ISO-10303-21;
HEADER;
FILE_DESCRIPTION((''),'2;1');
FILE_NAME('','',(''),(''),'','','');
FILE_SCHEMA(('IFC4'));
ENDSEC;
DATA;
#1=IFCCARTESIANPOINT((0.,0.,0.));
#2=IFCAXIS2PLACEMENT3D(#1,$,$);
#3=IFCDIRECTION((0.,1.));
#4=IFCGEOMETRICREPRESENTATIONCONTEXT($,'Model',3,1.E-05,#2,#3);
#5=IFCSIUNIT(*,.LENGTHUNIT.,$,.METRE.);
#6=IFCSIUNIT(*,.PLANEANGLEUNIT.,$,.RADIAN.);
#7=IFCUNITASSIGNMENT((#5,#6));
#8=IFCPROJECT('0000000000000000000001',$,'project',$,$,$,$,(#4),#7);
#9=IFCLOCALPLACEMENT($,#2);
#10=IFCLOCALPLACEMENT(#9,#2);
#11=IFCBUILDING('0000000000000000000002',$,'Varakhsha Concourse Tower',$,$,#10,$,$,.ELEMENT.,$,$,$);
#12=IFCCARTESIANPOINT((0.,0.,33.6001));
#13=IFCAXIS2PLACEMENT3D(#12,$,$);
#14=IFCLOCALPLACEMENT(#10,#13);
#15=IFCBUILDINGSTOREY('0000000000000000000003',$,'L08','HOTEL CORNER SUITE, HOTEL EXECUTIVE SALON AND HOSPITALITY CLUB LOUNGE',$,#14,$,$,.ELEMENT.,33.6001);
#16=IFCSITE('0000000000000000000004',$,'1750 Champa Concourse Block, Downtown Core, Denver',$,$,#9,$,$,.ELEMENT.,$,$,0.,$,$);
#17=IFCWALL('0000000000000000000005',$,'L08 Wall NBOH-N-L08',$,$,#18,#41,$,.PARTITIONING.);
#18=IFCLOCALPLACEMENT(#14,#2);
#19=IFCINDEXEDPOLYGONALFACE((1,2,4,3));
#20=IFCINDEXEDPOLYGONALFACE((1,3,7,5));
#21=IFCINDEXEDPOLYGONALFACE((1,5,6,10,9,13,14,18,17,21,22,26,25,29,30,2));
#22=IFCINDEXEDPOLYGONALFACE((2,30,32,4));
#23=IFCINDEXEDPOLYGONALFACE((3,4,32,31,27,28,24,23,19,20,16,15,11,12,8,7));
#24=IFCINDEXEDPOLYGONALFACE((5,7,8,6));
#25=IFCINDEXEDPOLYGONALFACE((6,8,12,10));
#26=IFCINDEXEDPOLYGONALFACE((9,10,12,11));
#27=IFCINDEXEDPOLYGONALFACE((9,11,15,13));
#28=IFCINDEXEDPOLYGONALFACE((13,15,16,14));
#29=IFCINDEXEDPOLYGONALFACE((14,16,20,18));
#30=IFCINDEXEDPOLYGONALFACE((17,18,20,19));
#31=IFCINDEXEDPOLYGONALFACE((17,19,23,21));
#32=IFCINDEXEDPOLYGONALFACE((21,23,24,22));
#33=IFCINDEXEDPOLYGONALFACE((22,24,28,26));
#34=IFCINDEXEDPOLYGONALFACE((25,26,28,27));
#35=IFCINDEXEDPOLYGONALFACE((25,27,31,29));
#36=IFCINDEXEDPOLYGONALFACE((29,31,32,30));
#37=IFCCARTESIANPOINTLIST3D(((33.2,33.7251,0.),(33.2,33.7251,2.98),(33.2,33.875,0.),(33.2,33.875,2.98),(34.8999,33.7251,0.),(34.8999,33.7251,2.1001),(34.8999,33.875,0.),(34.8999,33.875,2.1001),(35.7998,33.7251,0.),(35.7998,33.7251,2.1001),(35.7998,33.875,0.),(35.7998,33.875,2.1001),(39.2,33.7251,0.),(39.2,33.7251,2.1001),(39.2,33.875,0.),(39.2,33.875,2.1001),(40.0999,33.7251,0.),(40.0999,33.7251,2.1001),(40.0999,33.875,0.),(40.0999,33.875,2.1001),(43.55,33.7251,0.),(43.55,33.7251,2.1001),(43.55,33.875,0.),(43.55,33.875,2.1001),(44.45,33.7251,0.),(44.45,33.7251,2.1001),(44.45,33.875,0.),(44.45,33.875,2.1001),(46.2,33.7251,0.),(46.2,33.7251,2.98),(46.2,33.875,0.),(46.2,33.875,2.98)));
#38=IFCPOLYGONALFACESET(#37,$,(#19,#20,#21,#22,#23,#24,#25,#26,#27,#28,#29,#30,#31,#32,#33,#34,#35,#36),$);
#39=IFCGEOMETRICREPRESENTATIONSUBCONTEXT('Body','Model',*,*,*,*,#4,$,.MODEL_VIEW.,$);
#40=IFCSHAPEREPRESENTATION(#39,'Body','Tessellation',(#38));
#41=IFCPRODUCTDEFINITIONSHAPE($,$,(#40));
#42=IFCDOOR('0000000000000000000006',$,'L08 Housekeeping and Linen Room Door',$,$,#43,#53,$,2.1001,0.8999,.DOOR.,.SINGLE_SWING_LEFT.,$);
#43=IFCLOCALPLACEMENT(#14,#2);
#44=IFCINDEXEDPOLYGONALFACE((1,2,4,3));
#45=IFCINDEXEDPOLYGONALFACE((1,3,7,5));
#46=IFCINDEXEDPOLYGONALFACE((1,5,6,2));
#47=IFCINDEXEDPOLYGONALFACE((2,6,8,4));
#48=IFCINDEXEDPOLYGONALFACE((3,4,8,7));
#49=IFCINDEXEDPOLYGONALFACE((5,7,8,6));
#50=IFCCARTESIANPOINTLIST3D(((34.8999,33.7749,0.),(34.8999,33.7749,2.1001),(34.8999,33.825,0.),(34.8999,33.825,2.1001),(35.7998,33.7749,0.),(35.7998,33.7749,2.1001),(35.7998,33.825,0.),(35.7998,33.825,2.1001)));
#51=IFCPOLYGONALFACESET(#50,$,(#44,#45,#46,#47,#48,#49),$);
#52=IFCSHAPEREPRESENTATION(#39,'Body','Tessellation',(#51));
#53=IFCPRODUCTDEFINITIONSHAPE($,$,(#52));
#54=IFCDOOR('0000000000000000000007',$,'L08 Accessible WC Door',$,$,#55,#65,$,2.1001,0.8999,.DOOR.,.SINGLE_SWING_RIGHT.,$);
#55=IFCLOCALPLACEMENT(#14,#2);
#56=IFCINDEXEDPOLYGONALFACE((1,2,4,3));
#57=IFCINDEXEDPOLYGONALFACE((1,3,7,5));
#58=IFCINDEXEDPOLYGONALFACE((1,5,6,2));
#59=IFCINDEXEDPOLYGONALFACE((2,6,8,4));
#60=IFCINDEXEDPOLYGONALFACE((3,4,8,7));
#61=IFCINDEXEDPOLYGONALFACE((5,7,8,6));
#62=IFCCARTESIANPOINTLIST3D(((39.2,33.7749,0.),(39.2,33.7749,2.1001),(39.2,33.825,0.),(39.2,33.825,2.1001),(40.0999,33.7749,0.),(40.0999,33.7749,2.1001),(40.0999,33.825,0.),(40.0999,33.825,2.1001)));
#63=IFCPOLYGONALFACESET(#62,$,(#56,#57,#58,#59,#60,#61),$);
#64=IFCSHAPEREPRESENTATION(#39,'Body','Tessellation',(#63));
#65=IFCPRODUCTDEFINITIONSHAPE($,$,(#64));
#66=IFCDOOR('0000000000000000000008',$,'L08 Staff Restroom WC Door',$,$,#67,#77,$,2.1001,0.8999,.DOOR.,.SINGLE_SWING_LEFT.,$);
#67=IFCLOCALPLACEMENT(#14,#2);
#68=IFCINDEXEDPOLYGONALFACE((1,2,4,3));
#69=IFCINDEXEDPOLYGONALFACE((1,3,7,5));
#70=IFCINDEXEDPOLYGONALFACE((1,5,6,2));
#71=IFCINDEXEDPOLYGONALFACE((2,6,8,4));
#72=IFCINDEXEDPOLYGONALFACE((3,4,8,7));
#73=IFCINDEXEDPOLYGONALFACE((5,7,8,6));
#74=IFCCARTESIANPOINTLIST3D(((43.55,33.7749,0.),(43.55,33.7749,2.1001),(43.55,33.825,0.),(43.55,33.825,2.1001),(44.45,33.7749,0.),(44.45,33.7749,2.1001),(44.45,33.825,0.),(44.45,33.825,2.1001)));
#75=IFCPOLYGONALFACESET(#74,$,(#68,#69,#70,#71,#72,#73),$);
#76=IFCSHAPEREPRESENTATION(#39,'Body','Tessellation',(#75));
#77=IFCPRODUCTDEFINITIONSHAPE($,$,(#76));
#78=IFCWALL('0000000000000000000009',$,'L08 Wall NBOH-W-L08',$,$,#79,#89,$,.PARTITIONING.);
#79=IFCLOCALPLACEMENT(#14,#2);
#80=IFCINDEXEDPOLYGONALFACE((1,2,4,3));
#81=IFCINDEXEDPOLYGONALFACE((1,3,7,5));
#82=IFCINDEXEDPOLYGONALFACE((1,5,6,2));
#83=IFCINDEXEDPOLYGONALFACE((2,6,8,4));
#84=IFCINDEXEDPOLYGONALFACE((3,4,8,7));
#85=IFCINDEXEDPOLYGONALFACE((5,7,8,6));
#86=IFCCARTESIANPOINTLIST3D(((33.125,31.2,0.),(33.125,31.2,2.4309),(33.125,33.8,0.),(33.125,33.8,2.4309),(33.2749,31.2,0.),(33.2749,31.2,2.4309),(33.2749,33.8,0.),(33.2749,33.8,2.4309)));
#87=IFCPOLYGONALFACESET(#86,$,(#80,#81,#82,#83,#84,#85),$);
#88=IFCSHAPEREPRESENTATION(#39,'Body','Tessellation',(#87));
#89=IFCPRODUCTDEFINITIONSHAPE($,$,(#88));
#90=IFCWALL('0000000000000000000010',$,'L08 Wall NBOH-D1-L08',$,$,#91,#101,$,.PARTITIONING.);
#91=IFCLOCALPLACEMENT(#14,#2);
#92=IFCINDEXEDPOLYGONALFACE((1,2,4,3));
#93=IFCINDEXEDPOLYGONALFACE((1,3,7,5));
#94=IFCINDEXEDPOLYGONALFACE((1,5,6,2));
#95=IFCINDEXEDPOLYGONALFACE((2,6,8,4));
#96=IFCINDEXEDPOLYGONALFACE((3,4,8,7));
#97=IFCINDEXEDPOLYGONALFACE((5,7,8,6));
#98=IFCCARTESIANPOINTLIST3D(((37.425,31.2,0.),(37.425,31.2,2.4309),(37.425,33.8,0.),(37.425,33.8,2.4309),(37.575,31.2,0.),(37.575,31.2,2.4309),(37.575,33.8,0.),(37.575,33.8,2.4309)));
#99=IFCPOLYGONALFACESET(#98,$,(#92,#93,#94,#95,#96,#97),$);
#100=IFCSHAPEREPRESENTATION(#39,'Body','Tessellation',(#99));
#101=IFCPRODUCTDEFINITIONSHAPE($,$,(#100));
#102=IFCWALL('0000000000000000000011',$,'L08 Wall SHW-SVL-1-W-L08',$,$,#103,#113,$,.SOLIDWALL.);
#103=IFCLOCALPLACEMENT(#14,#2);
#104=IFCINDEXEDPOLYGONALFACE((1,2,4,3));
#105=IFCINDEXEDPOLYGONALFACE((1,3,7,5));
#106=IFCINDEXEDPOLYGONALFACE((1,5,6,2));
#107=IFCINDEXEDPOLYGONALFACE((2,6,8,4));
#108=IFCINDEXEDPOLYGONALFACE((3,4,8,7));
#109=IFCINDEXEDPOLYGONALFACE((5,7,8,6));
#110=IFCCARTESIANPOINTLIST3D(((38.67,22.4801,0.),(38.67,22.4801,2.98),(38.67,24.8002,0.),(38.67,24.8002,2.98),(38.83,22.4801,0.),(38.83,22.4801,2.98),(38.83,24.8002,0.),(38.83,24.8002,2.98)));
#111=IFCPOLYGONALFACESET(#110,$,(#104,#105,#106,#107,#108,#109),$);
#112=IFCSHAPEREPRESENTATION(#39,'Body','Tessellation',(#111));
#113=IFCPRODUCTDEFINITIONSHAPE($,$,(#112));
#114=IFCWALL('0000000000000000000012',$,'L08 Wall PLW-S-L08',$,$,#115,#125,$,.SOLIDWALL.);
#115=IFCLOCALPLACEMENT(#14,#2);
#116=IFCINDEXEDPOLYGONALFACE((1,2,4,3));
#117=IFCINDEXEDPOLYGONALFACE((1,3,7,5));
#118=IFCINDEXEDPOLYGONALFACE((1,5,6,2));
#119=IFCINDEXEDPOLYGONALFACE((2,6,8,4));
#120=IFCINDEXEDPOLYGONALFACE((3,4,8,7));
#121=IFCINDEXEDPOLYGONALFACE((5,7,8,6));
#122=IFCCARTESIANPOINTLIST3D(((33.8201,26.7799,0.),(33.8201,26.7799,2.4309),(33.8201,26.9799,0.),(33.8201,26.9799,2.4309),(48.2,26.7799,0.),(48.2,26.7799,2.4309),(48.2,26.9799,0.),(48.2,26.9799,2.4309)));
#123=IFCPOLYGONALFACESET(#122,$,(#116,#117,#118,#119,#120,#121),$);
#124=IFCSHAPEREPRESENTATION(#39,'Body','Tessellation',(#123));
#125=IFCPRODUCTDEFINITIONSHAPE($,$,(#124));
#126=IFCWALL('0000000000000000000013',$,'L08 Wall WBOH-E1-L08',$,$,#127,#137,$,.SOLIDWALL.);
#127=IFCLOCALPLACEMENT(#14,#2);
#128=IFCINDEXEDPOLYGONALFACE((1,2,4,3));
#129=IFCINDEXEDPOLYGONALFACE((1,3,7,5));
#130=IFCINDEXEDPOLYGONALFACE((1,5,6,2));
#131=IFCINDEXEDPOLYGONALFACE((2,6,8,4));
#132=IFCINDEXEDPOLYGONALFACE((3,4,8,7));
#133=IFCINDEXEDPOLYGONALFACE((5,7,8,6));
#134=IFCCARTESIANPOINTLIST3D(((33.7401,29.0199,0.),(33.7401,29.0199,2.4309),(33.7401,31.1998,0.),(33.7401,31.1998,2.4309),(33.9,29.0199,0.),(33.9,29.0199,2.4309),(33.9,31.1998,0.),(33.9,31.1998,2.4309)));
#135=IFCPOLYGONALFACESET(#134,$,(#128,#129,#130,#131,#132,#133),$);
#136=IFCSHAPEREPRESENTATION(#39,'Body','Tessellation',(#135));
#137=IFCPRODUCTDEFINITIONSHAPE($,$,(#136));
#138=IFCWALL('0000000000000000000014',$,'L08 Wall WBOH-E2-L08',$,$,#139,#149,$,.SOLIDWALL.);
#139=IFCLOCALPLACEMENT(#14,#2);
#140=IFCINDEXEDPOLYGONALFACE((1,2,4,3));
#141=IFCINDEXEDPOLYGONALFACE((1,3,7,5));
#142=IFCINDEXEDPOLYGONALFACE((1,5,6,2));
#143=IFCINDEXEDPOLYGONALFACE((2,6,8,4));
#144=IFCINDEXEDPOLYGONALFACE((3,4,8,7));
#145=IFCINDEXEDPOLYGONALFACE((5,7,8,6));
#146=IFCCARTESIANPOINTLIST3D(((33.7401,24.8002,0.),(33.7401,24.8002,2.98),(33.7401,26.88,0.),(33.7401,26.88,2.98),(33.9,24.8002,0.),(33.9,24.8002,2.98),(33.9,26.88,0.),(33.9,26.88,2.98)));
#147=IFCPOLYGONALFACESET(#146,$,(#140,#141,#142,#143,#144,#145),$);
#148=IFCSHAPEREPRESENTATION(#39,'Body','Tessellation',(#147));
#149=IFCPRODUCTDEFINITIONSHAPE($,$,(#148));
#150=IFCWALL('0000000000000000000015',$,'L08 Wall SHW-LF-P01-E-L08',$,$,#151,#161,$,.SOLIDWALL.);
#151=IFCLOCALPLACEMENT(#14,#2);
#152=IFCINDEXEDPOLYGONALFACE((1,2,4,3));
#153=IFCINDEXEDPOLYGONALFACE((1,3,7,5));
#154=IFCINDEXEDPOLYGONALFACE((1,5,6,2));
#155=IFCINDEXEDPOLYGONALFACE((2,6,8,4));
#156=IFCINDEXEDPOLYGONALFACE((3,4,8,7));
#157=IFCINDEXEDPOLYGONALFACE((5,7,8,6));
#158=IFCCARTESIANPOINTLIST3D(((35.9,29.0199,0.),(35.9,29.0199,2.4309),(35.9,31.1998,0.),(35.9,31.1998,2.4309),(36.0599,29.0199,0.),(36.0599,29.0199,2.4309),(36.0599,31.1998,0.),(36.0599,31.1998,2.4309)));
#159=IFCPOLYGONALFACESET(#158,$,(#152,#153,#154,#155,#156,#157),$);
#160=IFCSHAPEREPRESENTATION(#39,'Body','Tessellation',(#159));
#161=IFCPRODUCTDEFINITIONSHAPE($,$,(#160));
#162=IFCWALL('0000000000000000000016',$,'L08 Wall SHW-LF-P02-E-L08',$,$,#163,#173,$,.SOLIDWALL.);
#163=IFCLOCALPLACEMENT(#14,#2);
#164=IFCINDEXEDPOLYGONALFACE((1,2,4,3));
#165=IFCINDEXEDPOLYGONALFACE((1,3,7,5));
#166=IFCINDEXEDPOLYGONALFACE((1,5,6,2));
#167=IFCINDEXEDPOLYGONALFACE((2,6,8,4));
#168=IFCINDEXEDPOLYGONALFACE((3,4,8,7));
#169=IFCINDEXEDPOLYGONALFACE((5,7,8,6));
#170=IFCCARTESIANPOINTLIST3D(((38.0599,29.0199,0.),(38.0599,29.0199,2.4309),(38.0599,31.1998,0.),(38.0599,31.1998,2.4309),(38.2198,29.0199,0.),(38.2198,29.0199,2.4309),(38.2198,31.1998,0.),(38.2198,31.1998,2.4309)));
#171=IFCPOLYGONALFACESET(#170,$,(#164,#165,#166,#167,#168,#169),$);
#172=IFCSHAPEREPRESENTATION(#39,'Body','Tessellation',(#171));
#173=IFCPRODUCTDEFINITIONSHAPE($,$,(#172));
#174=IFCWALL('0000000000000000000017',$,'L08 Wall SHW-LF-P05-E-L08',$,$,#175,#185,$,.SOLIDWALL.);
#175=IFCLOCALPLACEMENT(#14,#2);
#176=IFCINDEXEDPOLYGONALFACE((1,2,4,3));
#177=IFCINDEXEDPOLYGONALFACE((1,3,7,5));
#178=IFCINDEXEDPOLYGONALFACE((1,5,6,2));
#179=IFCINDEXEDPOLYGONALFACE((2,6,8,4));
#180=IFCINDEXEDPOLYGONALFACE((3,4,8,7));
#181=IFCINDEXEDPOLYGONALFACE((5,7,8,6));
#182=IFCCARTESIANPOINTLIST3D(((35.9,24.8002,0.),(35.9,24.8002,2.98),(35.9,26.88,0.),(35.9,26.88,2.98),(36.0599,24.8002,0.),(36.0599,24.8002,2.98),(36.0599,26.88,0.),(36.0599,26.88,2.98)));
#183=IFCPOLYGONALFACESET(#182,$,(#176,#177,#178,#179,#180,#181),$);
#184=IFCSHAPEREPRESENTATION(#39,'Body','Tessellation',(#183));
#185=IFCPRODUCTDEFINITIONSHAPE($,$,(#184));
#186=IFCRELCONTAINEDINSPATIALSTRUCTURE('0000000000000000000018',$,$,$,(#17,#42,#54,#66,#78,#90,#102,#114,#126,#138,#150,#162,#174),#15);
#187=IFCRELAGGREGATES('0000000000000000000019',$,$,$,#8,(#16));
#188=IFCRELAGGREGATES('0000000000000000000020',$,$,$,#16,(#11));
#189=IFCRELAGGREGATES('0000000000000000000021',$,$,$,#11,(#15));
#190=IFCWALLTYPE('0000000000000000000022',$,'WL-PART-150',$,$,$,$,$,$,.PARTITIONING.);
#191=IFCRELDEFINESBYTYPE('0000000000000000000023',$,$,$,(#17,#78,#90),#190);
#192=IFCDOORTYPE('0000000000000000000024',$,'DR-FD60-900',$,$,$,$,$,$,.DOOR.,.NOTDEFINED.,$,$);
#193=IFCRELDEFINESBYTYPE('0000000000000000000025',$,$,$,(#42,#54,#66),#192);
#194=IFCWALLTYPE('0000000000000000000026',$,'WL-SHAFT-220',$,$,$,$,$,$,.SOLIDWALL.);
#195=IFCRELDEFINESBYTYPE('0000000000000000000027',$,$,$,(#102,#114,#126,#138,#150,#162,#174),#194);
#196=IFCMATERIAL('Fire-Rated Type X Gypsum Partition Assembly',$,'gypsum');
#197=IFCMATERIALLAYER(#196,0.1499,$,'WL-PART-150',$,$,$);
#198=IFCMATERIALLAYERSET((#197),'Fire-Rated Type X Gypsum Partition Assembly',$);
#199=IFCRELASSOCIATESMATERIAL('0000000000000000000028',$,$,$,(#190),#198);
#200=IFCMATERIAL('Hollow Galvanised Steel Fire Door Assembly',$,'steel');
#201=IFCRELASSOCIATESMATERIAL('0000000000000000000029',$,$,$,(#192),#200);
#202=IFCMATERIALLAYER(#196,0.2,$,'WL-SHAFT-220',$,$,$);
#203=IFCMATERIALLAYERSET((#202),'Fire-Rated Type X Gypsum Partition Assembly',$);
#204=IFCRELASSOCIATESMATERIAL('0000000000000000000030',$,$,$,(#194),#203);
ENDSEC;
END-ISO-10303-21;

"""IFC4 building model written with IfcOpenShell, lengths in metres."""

from ifc_helpers import new_model, si_unit, direction, frame, frame_2d, origin, place, context, subcontext, project, spatial, rectangle, extrude, material, layer, layer_set, type_object, element, fill, save


model = new_model("IFC4")

# Units and contexts
model_context = context("Model", 3, precision=1e-05, world=origin(), true_north=direction((0.0, 1.0)))
body_context = subcontext(model_context, "Body", "Model", "MODEL_VIEW")
ifc_project = project(units=[si_unit("LENGTHUNIT", "METRE"), si_unit("PLANEANGLEUNIT", "RADIAN")], contexts=[model_context])

# Site, building, storey
site_placement = place(None, origin())
site = spatial("IfcSite", under=ifc_project, at=site_placement, Name="1750 Champa Concourse Block, Downtown Core, Denver", CompositionType="ELEMENT", RefElevation=0.0)
building_placement = place(site_placement, origin())
building = spatial("IfcBuilding", under=site, at=building_placement, Name="Varakhsha Concourse Tower", CompositionType="ELEMENT")
storey_placement = place(building_placement, frame((0.0, 0.0, 33.6001)))
storey = spatial("IfcBuildingStorey", under=building, at=storey_placement, Name="L08", Description="HOTEL CORNER SUITE, HOTEL EXECUTIVE SALON AND HOSPITALITY CLUB LOUNGE", CompositionType="ELEMENT", Elevation=33.6001)

# Wall, openings, doors
ifc_material_1 = material(Name="Fire-Rated Type X Gypsum Partition Assembly", Category="gypsum")
ifc_layer_1 = layer(ifc_material_1, 0.1499, Name="WL-PART-150")
ifc_layer_set_1 = layer_set([ifc_layer_1], Name="Fire-Rated Type X Gypsum Partition Assembly")
wall_type_1 = type_object("IfcWallType", Name="WL-PART-150", PredefinedType="PARTITIONING", material=ifc_layer_set_1)
wall_1_placement = place(storey_placement, frame((33.2, 33.8, 0.0), z_axis=(0.0, 0.0, 1.0), x_axis=(1.0, 0.0, 0.0)))
wall_1 = element("IfcWall", 1, at=wall_1_placement, inside=storey, type_object=wall_type_1, Name="L08 Wall NBOH-N-L08", PredefinedType="PARTITIONING", context=body_context, shape_type="SweptSolid", body=[
    extrude(rectangle(XDim=13.0, YDim=0.1499, at=frame_2d((6.5, 0.0))), origin(), (0.0, 0.0, 1.0), 2.98),
])
opening_1_placement = place(wall_1_placement, frame((1.7, 0.0, 0.0)))
opening_1 = element("IfcOpeningElement", 2, at=opening_1_placement, cuts=wall_1, PredefinedType="OPENING", context=body_context, shape_type="SweptSolid", body=[
    extrude(rectangle(XDim=0.8999, YDim=2.1001, at=frame_2d((0.45, 1.05))), frame((0.0, 0.085, 0.0), z_axis=(0.0, -1.0, 0.0), x_axis=(1.0, 0.0, 0.0)), (0.0, 0.0, 1.0), 0.1699),
])
opening_2_placement = place(wall_1_placement, frame((6.0, 0.0, 0.0)))
opening_2 = element("IfcOpeningElement", 3, at=opening_2_placement, cuts=wall_1, PredefinedType="OPENING", context=body_context, shape_type="SweptSolid", body=[
    extrude(rectangle(XDim=0.8999, YDim=2.1001, at=frame_2d((0.45, 1.05))), frame((0.0, 0.085, 0.0), z_axis=(0.0, -1.0, 0.0), x_axis=(1.0, 0.0, 0.0)), (0.0, 0.0, 1.0), 0.1699),
])
opening_3_placement = place(wall_1_placement, frame((10.3501, 0.0, 0.0)))
opening_3 = element("IfcOpeningElement", 4, at=opening_3_placement, cuts=wall_1, PredefinedType="OPENING", context=body_context, shape_type="SweptSolid", body=[
    extrude(rectangle(XDim=0.8999, YDim=2.1001, at=frame_2d((0.45, 1.05))), frame((0.0, 0.085, 0.0), z_axis=(0.0, -1.0, 0.0), x_axis=(1.0, 0.0, 0.0)), (0.0, 0.0, 1.0), 0.1699),
])
ifc_material_2 = material(Name="Hollow Galvanised Steel Fire Door Assembly", Category="steel")
door_type_1 = type_object("IfcDoorType", Name="DR-FD60-900", OperationType="NOTDEFINED", PredefinedType="DOOR", material=ifc_material_2)
door_1_placement = place(opening_1_placement, origin())
door_1 = element("IfcDoor", 5, at=door_1_placement, inside=storey, type_object=door_type_1, Name="L08 Housekeeping and Linen Room Door", OperationType="SINGLE_SWING_LEFT", OverallHeight=2.1001, OverallWidth=0.8999, PredefinedType="DOOR", context=body_context, shape_type="SweptSolid", body=[
    extrude(rectangle(XDim=0.8999, YDim=2.1001, at=frame_2d((0.45, 1.05))), frame((0.0, 0.0249, 0.0), z_axis=(0.0, -1.0, 0.0), x_axis=(1.0, 0.0, 0.0)), (0.0, 0.0, 1.0), 0.05),
])
fill(opening_1, door_1)
door_2_placement = place(opening_2_placement, origin())
door_2 = element("IfcDoor", 6, at=door_2_placement, inside=storey, type_object=door_type_1, Name="L08 Accessible WC Door", OperationType="SINGLE_SWING_RIGHT", OverallHeight=2.1001, OverallWidth=0.8999, PredefinedType="DOOR", context=body_context, shape_type="SweptSolid", body=[
    extrude(rectangle(XDim=0.8999, YDim=2.1001, at=frame_2d((0.45, 1.05))), frame((0.0, 0.0249, 0.0), z_axis=(0.0, -1.0, 0.0), x_axis=(1.0, 0.0, 0.0)), (0.0, 0.0, 1.0), 0.05),
])
fill(opening_2, door_2)
door_3_placement = place(opening_3_placement, origin())
door_3 = element("IfcDoor", 7, at=door_3_placement, inside=storey, type_object=door_type_1, Name="L08 Staff Restroom WC Door", OperationType="SINGLE_SWING_LEFT", OverallHeight=2.1001, OverallWidth=0.8999, PredefinedType="DOOR", context=body_context, shape_type="SweptSolid", body=[
    extrude(rectangle(XDim=0.8999, YDim=2.1001, at=frame_2d((0.45, 1.05))), frame((0.0, 0.0249, 0.0), z_axis=(0.0, -1.0, 0.0), x_axis=(1.0, 0.0, 0.0)), (0.0, 0.0, 1.0), 0.05),
])
fill(opening_3, door_3)

# Walls
for number, where, z_axis, x_axis, name in (
    (8, (33.2, 31.2, 0.0), (0.0, 0.0, 1.0), (0.0, 1.0, 0.0), "L08 Wall NBOH-W-L08"),
    (9, (37.5, 31.2, 0.0), (0.0, 0.0, 1.0), (0.0, 1.0, 0.0), "L08 Wall NBOH-D1-L08"),
):
    element("IfcWall", number, at=place(storey_placement, frame(where, z_axis=z_axis, x_axis=x_axis)), inside=storey, type_object=wall_type_1, Name=name, PredefinedType="PARTITIONING", context=body_context, shape_type="SweptSolid", body=[
        extrude(rectangle(XDim=2.6001, YDim=0.1499, at=frame_2d((1.3, 0.0))), origin(), (0.0, 0.0, 1.0), 2.4309),
    ])
ifc_layer_2 = layer(ifc_material_1, 0.2, Name="WL-SHAFT-220")
ifc_layer_set_2 = layer_set([ifc_layer_2], Name="Fire-Rated Type X Gypsum Partition Assembly")
wall_type_2 = type_object("IfcWallType", Name="WL-SHAFT-220", PredefinedType="SOLIDWALL", material=ifc_layer_set_2)
wall_2_placement = place(storey_placement, frame((38.75, 22.48, 0.0), z_axis=(0.0, 0.0, 1.0), x_axis=(0.0, 1.0, 0.0)))
element("IfcWall", 10, at=wall_2_placement, inside=storey, type_object=wall_type_2, Name="L08 Wall SHW-SVL-1-W-L08", PredefinedType="SOLIDWALL", context=body_context, shape_type="SweptSolid", body=[
    extrude(rectangle(XDim=2.3201, YDim=0.1599, at=frame_2d((1.1602, 0.0))), origin(), (0.0, 0.0, 1.0), 2.98),
])

# Walls
wall_3_placement = place(storey_placement, frame((33.8201, 26.8799, 0.0), z_axis=(0.0, 0.0, 1.0), x_axis=(1.0, 0.0, 0.0)))
element("IfcWall", 11, at=wall_3_placement, inside=storey, type_object=wall_type_2, Name="L08 Wall PLW-S-L08", PredefinedType="SOLIDWALL", context=body_context, shape_type="SweptSolid", body=[
    extrude(rectangle(XDim=14.3799, YDim=0.2, at=frame_2d((7.1899, 0.0))), origin(), (0.0, 0.0, 1.0), 2.4309),
])
wall_4_placement = place(storey_placement, frame((33.8201, 29.02, 0.0), z_axis=(0.0, 0.0, 1.0), x_axis=(0.0, 1.0, 0.0)))
element("IfcWall", 12, at=wall_4_placement, inside=storey, type_object=wall_type_2, Name="L08 Wall WBOH-E1-L08", PredefinedType="SOLIDWALL", context=body_context, shape_type="SweptSolid", body=[
    extrude(rectangle(XDim=2.1799, YDim=0.1599, at=frame_2d((1.0898, 0.0))), origin(), (0.0, 0.0, 1.0), 2.4309),
])
wall_5_placement = place(storey_placement, frame((33.8201, 24.8, 0.0), z_axis=(0.0, 0.0, 1.0), x_axis=(0.0, 1.0, 0.0)))
element("IfcWall", 13, at=wall_5_placement, inside=storey, type_object=wall_type_2, Name="L08 Wall WBOH-E2-L08", PredefinedType="SOLIDWALL", context=body_context, shape_type="SweptSolid", body=[
    extrude(rectangle(XDim=2.0798, YDim=0.1599, at=frame_2d((1.04, 0.0))), origin(), (0.0, 0.0, 1.0), 2.98),
])
for number, where, z_axis, x_axis, name in (
    (14, (35.98, 29.02, 0.0), (0.0, 0.0, 1.0), (0.0, 1.0, 0.0), "L08 Wall SHW-LF-P01-E-L08"),
    (15, (38.1399, 29.02, 0.0), (0.0, 0.0, 1.0), (0.0, 1.0, 0.0), "L08 Wall SHW-LF-P02-E-L08"),
):
    element("IfcWall", number, at=place(storey_placement, frame(where, z_axis=z_axis, x_axis=x_axis)), inside=storey, type_object=wall_type_2, Name=name, PredefinedType="SOLIDWALL", context=body_context, shape_type="SweptSolid", body=[
        extrude(rectangle(XDim=2.1799, YDim=0.1599, at=frame_2d((1.0898, 0.0))), origin(), (0.0, 0.0, 1.0), 2.4309),
    ])
for number, where, z_axis, x_axis, name in (
    (16, (35.98, 24.8, 0.0), (0.0, 0.0, 1.0), (0.0, 1.0, 0.0), "L08 Wall SHW-LF-P05-E-L08"),
):
    element("IfcWall", number, at=place(storey_placement, frame(where, z_axis=z_axis, x_axis=x_axis)), inside=storey, type_object=wall_type_2, Name=name, PredefinedType="SOLIDWALL", context=body_context, shape_type="SweptSolid", body=[
        extrude(rectangle(XDim=2.0798, YDim=0.1599, at=frame_2d((1.04, 0.0))), origin(), (0.0, 0.0, 1.0), 2.98),
    ])

save(model, "model.ifc")
